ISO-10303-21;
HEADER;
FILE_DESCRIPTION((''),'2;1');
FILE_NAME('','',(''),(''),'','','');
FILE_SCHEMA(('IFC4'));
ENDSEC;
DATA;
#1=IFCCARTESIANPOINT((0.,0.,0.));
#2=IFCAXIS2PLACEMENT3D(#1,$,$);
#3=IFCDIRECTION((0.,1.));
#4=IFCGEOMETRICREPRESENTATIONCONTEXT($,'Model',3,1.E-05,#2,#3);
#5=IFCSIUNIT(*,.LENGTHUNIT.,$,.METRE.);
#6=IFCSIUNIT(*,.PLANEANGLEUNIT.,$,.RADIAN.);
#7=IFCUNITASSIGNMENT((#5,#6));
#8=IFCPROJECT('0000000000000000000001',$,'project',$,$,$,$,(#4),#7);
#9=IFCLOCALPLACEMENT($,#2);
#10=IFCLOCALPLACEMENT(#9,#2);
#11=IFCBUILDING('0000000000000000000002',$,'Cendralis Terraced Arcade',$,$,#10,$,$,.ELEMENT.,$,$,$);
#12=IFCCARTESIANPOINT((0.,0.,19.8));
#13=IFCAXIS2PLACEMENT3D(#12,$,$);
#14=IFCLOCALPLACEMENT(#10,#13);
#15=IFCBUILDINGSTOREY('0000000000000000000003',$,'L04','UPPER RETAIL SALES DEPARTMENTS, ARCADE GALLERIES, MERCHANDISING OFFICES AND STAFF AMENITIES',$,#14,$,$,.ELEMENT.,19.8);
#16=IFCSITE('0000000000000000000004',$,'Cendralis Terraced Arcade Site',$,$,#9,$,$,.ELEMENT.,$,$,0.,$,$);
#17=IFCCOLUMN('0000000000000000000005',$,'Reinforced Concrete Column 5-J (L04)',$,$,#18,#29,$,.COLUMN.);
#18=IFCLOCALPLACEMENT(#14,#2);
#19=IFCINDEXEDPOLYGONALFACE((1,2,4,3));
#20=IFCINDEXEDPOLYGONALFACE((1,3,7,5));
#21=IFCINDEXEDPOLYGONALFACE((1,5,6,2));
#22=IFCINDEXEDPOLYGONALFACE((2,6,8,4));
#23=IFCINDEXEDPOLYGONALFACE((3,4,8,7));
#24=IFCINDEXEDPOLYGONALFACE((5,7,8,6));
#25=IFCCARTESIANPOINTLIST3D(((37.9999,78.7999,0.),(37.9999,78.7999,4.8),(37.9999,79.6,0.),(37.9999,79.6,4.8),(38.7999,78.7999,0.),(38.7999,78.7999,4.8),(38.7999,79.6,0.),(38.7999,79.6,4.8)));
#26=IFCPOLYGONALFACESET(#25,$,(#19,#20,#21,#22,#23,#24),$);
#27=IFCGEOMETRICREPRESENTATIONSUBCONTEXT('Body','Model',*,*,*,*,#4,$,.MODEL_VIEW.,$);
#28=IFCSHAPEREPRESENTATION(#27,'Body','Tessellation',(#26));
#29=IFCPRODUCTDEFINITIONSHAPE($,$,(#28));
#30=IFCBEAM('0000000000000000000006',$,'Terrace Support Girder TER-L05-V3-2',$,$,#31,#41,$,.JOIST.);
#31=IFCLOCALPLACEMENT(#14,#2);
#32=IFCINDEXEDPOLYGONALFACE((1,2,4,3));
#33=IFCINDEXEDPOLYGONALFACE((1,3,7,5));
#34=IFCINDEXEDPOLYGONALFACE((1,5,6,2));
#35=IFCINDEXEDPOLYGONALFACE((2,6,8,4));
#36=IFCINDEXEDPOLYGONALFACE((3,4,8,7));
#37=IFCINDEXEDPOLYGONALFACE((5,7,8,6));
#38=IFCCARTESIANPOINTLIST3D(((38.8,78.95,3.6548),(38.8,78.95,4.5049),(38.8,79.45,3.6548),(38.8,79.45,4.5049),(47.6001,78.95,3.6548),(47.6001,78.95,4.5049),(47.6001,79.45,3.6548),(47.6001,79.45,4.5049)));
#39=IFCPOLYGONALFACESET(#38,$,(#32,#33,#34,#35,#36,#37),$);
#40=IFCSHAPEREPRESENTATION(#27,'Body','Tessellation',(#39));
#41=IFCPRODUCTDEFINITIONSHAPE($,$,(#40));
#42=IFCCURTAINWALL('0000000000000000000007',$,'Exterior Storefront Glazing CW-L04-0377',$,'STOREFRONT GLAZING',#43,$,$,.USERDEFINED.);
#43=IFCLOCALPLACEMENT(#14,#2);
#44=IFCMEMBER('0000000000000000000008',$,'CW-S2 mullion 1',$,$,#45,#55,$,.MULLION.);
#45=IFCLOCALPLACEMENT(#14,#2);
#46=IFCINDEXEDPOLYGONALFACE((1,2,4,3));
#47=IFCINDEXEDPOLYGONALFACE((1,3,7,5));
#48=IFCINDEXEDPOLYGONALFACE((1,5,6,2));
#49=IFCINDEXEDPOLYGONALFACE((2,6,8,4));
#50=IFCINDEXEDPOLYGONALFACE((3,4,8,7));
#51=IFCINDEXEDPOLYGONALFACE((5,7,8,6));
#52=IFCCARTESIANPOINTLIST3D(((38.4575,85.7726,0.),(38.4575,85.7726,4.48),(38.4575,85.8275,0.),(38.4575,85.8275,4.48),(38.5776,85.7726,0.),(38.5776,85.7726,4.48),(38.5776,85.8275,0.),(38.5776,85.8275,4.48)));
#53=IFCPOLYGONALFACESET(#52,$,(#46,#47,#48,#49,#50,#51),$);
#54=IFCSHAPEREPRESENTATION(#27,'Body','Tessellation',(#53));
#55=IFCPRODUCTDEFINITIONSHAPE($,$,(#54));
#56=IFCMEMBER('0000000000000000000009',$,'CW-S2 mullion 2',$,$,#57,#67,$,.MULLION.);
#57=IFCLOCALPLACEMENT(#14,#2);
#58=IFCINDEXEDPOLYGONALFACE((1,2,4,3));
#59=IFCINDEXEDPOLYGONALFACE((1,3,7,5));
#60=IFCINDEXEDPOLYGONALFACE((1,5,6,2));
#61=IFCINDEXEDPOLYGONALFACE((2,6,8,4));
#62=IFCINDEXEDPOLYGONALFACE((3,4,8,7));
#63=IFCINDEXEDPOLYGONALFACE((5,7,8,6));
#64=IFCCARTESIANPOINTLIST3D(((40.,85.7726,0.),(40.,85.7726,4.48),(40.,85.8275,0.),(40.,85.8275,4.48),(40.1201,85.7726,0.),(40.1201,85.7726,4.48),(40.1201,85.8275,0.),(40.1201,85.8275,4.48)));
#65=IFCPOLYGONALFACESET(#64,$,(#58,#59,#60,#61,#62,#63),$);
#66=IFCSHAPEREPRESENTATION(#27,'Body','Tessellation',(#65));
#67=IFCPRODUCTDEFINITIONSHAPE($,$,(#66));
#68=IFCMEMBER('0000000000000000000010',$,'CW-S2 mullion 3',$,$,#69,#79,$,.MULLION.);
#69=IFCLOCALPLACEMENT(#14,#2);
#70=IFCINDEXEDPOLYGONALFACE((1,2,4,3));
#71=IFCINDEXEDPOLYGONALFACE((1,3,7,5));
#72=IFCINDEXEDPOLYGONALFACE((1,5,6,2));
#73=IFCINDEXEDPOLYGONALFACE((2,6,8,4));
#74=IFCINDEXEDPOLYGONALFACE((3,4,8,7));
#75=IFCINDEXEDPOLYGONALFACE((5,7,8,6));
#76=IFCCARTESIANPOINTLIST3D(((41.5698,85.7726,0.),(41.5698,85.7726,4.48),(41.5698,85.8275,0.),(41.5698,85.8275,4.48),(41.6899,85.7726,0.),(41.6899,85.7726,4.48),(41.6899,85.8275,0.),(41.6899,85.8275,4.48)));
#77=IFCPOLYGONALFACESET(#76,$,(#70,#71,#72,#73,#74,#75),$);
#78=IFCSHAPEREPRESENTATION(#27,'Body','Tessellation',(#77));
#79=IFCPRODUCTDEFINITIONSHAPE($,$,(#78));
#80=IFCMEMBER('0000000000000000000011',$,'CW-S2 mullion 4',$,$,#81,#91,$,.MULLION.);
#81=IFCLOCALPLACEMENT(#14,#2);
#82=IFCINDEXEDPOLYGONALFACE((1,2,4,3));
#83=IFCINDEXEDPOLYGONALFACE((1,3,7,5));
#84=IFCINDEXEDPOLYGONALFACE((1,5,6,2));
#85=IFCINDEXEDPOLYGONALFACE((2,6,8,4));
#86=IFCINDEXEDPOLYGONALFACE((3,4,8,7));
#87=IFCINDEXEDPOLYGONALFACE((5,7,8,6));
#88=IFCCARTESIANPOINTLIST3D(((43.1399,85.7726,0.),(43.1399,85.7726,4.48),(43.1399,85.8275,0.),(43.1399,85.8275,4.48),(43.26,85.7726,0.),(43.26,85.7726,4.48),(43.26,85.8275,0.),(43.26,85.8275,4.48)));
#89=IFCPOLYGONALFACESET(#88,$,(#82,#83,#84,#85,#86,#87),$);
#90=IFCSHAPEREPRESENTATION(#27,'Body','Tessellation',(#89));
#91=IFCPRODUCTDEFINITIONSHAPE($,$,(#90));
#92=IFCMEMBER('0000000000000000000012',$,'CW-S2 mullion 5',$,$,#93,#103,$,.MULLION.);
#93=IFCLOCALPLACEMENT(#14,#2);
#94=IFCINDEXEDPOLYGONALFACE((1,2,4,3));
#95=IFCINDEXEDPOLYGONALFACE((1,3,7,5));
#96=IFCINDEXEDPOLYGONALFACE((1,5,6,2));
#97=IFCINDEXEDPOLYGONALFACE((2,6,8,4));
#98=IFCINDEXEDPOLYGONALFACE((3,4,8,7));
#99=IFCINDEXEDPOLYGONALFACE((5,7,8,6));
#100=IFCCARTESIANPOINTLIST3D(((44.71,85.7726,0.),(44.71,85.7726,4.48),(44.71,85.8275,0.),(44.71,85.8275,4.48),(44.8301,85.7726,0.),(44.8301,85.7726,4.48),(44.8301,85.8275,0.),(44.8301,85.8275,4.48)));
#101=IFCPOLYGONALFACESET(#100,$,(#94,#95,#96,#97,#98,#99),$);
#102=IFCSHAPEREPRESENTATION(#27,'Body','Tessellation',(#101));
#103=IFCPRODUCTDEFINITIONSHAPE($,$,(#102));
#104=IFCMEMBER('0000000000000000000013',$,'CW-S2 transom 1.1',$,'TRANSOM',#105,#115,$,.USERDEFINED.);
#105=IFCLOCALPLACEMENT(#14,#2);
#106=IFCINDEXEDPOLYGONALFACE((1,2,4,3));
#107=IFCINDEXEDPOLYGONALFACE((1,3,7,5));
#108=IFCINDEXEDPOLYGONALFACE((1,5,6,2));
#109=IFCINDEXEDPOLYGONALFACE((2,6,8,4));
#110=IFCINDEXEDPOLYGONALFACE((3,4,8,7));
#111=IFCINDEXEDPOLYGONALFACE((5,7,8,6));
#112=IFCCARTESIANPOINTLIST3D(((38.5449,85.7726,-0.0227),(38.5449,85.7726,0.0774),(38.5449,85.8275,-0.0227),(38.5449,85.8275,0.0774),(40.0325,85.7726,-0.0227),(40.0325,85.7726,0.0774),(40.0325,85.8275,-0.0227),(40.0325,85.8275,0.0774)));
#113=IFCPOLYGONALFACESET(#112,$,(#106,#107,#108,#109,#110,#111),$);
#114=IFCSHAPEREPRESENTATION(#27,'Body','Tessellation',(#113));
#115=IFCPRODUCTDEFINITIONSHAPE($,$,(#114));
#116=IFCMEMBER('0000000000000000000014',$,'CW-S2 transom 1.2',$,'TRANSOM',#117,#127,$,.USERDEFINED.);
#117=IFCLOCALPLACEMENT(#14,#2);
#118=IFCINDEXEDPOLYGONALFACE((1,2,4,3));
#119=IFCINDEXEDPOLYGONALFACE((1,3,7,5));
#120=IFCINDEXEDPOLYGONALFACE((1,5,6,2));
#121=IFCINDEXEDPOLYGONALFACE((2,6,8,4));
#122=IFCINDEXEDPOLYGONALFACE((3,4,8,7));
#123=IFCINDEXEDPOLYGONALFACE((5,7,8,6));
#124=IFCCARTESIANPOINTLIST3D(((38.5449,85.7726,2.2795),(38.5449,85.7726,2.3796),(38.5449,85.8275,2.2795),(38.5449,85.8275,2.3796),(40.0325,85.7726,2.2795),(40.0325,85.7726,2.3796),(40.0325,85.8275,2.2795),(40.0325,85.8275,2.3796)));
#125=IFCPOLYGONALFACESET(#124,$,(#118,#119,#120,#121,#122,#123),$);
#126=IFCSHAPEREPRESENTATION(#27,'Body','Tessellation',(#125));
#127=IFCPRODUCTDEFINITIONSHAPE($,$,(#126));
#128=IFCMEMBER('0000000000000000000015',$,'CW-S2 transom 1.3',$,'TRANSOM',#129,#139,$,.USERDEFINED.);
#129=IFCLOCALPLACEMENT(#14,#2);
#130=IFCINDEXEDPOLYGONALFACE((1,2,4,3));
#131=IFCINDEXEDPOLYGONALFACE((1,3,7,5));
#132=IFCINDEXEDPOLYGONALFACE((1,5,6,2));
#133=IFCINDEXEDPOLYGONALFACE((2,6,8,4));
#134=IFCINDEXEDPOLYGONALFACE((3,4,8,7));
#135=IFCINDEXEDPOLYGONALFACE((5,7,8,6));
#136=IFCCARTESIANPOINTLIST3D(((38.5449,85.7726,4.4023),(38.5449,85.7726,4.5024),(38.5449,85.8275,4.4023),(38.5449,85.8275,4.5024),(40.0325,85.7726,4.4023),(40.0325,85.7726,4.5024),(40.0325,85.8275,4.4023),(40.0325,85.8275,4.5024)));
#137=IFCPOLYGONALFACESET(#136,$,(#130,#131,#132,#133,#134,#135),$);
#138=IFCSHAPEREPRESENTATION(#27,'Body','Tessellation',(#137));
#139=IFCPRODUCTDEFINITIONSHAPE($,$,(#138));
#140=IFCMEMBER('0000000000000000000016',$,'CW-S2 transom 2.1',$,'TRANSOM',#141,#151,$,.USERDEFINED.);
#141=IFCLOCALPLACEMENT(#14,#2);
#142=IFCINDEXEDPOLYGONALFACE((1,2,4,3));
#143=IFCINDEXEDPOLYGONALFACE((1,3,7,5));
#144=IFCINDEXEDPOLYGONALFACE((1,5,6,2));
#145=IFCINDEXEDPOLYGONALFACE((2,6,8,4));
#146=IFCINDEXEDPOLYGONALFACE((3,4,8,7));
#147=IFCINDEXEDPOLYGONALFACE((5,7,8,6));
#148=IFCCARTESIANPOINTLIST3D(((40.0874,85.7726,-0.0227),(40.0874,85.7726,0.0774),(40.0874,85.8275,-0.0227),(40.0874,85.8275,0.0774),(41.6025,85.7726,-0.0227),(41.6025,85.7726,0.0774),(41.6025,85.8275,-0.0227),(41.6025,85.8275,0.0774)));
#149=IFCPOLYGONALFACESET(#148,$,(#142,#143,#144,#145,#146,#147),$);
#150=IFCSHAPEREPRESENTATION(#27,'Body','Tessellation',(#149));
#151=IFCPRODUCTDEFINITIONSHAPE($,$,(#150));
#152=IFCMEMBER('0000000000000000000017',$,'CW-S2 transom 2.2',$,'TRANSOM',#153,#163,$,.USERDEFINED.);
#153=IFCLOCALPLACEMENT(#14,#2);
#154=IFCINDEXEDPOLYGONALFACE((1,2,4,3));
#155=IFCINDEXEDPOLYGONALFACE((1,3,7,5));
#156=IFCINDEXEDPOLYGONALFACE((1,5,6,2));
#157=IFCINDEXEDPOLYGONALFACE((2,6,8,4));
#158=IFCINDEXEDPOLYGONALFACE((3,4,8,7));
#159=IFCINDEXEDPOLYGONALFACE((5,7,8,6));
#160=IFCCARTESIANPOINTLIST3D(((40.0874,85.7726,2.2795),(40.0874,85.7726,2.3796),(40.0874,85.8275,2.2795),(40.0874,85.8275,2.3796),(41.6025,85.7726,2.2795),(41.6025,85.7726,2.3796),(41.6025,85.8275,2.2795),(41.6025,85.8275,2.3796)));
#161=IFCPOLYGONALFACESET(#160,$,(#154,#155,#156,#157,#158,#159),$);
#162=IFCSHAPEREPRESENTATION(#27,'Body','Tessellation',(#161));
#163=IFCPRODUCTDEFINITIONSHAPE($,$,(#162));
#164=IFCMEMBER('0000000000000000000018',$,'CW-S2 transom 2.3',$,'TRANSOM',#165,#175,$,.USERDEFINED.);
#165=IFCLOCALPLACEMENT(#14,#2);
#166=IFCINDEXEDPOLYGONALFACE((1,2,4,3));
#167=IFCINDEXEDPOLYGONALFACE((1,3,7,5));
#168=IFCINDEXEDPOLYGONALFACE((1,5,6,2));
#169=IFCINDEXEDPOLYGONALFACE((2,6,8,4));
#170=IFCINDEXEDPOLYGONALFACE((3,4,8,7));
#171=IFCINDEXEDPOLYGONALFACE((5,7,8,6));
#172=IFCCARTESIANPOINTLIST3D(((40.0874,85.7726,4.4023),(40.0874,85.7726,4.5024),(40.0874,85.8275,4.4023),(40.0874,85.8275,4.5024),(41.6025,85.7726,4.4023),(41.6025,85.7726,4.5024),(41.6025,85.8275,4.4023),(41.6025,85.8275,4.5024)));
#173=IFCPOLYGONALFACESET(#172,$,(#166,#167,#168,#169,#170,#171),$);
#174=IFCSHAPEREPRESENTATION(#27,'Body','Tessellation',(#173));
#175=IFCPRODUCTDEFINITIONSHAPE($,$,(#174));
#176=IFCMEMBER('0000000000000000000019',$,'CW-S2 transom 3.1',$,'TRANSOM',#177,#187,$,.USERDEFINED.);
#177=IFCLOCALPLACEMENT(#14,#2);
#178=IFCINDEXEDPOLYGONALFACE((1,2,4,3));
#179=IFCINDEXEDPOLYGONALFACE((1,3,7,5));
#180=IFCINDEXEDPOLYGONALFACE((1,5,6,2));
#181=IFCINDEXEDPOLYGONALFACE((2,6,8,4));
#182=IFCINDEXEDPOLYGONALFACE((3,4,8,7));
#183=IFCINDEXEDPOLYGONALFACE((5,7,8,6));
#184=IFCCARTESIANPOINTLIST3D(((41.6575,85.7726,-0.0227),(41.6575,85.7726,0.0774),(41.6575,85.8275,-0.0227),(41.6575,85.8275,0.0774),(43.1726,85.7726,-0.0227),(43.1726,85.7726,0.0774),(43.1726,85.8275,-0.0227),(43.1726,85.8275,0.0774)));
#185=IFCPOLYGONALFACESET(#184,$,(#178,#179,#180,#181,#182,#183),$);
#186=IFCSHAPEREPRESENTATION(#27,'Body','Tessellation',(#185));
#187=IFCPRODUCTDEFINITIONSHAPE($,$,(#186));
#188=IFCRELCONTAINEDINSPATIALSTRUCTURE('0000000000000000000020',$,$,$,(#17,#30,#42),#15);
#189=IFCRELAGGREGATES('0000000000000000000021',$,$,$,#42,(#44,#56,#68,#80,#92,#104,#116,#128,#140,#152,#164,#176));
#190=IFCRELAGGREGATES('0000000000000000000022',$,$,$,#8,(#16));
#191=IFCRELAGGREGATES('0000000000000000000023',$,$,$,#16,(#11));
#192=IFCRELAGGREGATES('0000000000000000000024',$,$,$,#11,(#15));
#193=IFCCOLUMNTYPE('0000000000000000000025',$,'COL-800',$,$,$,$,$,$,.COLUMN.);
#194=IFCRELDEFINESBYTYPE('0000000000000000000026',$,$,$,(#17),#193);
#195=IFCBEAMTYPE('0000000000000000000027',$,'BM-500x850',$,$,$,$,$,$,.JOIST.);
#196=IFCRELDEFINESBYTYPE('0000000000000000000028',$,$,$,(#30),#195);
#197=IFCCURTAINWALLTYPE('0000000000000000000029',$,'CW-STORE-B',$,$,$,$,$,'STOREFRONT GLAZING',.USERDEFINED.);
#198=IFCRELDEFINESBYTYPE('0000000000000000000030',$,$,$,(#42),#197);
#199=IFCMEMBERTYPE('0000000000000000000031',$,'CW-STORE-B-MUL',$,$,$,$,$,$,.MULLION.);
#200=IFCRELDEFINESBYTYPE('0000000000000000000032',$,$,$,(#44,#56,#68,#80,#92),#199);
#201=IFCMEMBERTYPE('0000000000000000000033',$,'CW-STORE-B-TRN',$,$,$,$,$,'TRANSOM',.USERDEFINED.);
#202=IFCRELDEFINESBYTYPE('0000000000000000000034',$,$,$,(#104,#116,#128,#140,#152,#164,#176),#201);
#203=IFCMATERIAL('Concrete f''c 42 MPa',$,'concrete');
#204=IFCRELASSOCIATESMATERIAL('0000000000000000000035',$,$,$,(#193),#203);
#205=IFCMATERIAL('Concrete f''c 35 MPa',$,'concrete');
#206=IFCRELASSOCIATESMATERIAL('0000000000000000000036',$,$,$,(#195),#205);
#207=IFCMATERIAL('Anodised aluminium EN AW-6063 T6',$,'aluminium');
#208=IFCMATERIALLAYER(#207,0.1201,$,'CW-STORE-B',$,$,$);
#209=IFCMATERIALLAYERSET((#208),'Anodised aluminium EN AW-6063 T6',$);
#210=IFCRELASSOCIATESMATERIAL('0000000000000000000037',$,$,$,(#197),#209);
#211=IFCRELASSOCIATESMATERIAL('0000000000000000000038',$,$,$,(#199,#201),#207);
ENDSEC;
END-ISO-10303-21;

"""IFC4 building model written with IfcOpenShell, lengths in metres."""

from ifc_helpers import new_model, si_unit, direction, frame, origin, origin_2d, place, context, subcontext, project, spatial, rectangle, extrude, material, layer, layer_set, material_profile, profile_set, type_object, element, aggregate, save


model = new_model("IFC4")

# Units and contexts
model_context = context("Model", 3, precision=1e-05, world=origin(), true_north=direction((0.0, 1.0)))
body_context = subcontext(model_context, "Body", "Model", "MODEL_VIEW")
ifc_project = project(units=[si_unit("LENGTHUNIT", "METRE"), si_unit("PLANEANGLEUNIT", "RADIAN")], contexts=[model_context])

# Site, building, storey
site_placement = place(None, origin())
site = spatial("IfcSite", under=ifc_project, at=site_placement, Name="Cendralis Terraced Arcade Site", CompositionType="ELEMENT", RefElevation=0.0)
building_placement = place(site_placement, origin())
building = spatial("IfcBuilding", under=site, at=building_placement, Name="Cendralis Terraced Arcade", CompositionType="ELEMENT")
storey_placement = place(building_placement, frame((0.0, 0.0, 19.8)))
storey = spatial("IfcBuildingStorey", under=building, at=storey_placement, Name="L04", Description="UPPER RETAIL SALES DEPARTMENTS, ARCADE GALLERIES, MERCHANDISING OFFICES AND STAFF AMENITIES", CompositionType="ELEMENT", Elevation=19.8)

# Column
ifc_material_1 = material(Name="Concrete f'c 42 MPa", Category="concrete")
ifc_material_profile_1 = material_profile(ifc_material_1, rectangle(XDim=0.8, YDim=0.8, at=origin_2d()), Name="RC-COL-800x800", Category="LoadBearing")
ifc_profile_set_1 = profile_set([ifc_material_profile_1], Name="Concrete f'c 42 MPa")
column_type = type_object("IfcColumnType", Name="COL-800", PredefinedType="COLUMN", material=ifc_profile_set_1)
column_placement = place(storey_placement, frame((38.3999, 79.2, 0.0), z_axis=(0.0, 0.0, 1.0), x_axis=(1.0, 0.0, 0.0)))
element("IfcColumn", 1, at=column_placement, inside=storey, type_object=column_type, Name="Reinforced Concrete Column 5-J (L04)", PredefinedType="COLUMN", context=body_context, shape_type="SweptSolid", body=[
    extrude(rectangle(XDim=0.8, YDim=0.8, at=origin_2d()), origin(), (0.0, 0.0, 1.0), 4.8),
])

# Beam
ifc_material_2 = material(Name="Concrete f'c 35 MPa", Category="concrete")
ifc_material_profile_2 = material_profile(ifc_material_2, rectangle(XDim=0.5, YDim=0.8501, at=origin_2d()), Name="RC-BM-500x850", Category="LoadBearing")
ifc_profile_set_2 = profile_set([ifc_material_profile_2], Name="Concrete f'c 35 MPa")
beam_type = type_object("IfcBeamType", Name="BM-500x850", PredefinedType="JOIST", material=ifc_profile_set_2)
beam_placement = place(storey_placement, frame((38.8, 79.2, 4.0798), z_axis=(1.0, 0.0, 0.0), x_axis=(0.0, 1.0, 0.0)))
element("IfcBeam", 2, at=beam_placement, inside=storey, type_object=beam_type, Name="Terrace Support Girder TER-L05-V3-2", PredefinedType="JOIST", context=body_context, shape_type="SweptSolid", body=[
    extrude(rectangle(XDim=0.5, YDim=0.8501, at=origin_2d()), origin(), (0.0, 0.0, 1.0), 8.8),
])

# Curtain wall, members
ifc_material_3 = material(Name="Anodised aluminium EN AW-6063 T6", Category="aluminium")
ifc_layer_1 = layer(ifc_material_3, 0.1201, Name="CW-STORE-B")
ifc_layer_set_1 = layer_set([ifc_layer_1], Name="Anodised aluminium EN AW-6063 T6")
curtain_wall_type = type_object("IfcCurtainWallType", Name="CW-STORE-B", ElementType="STOREFRONT GLAZING", PredefinedType="USERDEFINED", material=ifc_layer_set_1)
curtain_wall_placement = place(storey_placement, origin())
curtain_wall = element("IfcCurtainWall", 3, at=curtain_wall_placement, inside=storey, type_object=curtain_wall_type, Name="Exterior Storefront Glazing CW-L04-0377", ObjectType="STOREFRONT GLAZING", PredefinedType="USERDEFINED")
ifc_material_profile_3 = material_profile(ifc_material_3, rectangle(XDim=0.0549, YDim=0.1201, at=origin_2d()), Name="ALU-MUL-55x120")
ifc_profile_set_3 = profile_set([ifc_material_profile_3], Name="Anodised aluminium EN AW-6063 T6")
member_type_1 = type_object("IfcMemberType", Name="CW-STORE-B-MUL", PredefinedType="MULLION", material=ifc_profile_set_3)
member_1_placement = place(storey_placement, frame((38.5176, 85.8, 0.0), z_axis=(0.0, 0.0, 1.0), x_axis=(0.0, 1.0, 0.0)))
member_1 = element("IfcMember", 4, at=member_1_placement, type_object=member_type_1, Name="CW-S2 mullion 1", PredefinedType="MULLION", context=body_context, shape_type="SweptSolid", body=[
    extrude(rectangle(XDim=0.0549, YDim=0.1201, at=origin_2d()), origin(), (0.0, 0.0, 1.0), 4.48),
])
member_2_placement = place(storey_placement, frame((40.0601, 85.8, 0.0), z_axis=(0.0, 0.0, 1.0), x_axis=(0.0, 1.0, 0.0)))
member_2 = element("IfcMember", 5, at=member_2_placement, type_object=member_type_1, Name="CW-S2 mullion 2", PredefinedType="MULLION", context=body_context, shape_type="SweptSolid", body=[
    extrude(rectangle(XDim=0.0549, YDim=0.1201, at=origin_2d()), origin(), (0.0, 0.0, 1.0), 4.48),
])
member_3_placement = place(storey_placement, frame((41.6299, 85.8, 0.0), z_axis=(0.0, 0.0, 1.0), x_axis=(0.0, 1.0, 0.0)))
member_3 = element("IfcMember", 6, at=member_3_placement, type_object=member_type_1, Name="CW-S2 mullion 3", PredefinedType="MULLION", context=body_context, shape_type="SweptSolid", body=[
    extrude(rectangle(XDim=0.0549, YDim=0.1201, at=origin_2d()), origin(), (0.0, 0.0, 1.0), 4.48),
])
member_4_placement = place(storey_placement, frame((43.2, 85.8, 0.0), z_axis=(0.0, 0.0, 1.0), x_axis=(0.0, 1.0, 0.0)))
member_4 = element("IfcMember", 7, at=member_4_placement, type_object=member_type_1, Name="CW-S2 mullion 4", PredefinedType="MULLION", context=body_context, shape_type="SweptSolid", body=[
    extrude(rectangle(XDim=0.0549, YDim=0.1201, at=origin_2d()), origin(), (0.0, 0.0, 1.0), 4.48),
])
member_5_placement = place(storey_placement, frame((44.77, 85.8, 0.0), z_axis=(0.0, 0.0, 1.0), x_axis=(0.0, 1.0, 0.0)))
member_5 = element("IfcMember", 8, at=member_5_placement, type_object=member_type_1, Name="CW-S2 mullion 5", PredefinedType="MULLION", context=body_context, shape_type="SweptSolid", body=[
    extrude(rectangle(XDim=0.0549, YDim=0.1201, at=origin_2d()), origin(), (0.0, 0.0, 1.0), 4.48),
])
ifc_material_profile_4 = material_profile(ifc_material_3, rectangle(XDim=0.0549, YDim=0.1001, at=origin_2d()), Name="ALU-TRN-55x100")
ifc_profile_set_4 = profile_set([ifc_material_profile_4], Name="Anodised aluminium EN AW-6063 T6")
member_type_2 = type_object("IfcMemberType", Name="CW-STORE-B-TRN", ElementType="TRANSOM", PredefinedType="USERDEFINED", material=ifc_profile_set_4)
member_6_placement = place(storey_placement, frame((38.5449, 85.8, 0.0273), z_axis=(1.0, 0.0, 0.0), x_axis=(0.0, 1.0, 0.0)))
member_6 = element("IfcMember", 9, at=member_6_placement, type_object=member_type_2, Name="CW-S2 transom 1.1", ObjectType="TRANSOM", PredefinedType="USERDEFINED", context=body_context, shape_type="SweptSolid", body=[
    extrude(rectangle(XDim=0.0549, YDim=0.1001, at=origin_2d()), origin(), (0.0, 0.0, 1.0), 1.4875),
])
member_7_placement = place(storey_placement, frame((38.5449, 85.8, 2.3296), z_axis=(1.0, 0.0, 0.0), x_axis=(0.0, 1.0, 0.0)))
member_7 = element("IfcMember", 10, at=member_7_placement, type_object=member_type_2, Name="CW-S2 transom 1.2", ObjectType="TRANSOM", PredefinedType="USERDEFINED", context=body_context, shape_type="SweptSolid", body=[
    extrude(rectangle(XDim=0.0549, YDim=0.1001, at=origin_2d()), origin(), (0.0, 0.0, 1.0), 1.4875),
])
member_8_placement = place(storey_placement, frame((38.5449, 85.8, 4.4524), z_axis=(1.0, 0.0, 0.0), x_axis=(0.0, 1.0, 0.0)))
member_8 = element("IfcMember", 11, at=member_8_placement, type_object=member_type_2, Name="CW-S2 transom 1.3", ObjectType="TRANSOM", PredefinedType="USERDEFINED", context=body_context, shape_type="SweptSolid", body=[
    extrude(rectangle(XDim=0.0549, YDim=0.1001, at=origin_2d()), origin(), (0.0, 0.0, 1.0), 1.4875),
])
member_9_placement = place(storey_placement, frame((40.0874, 85.8, 0.0273), z_axis=(1.0, 0.0, 0.0), x_axis=(0.0, 1.0, 0.0)))
member_9 = element("IfcMember", 12, at=member_9_placement, type_object=member_type_2, Name="CW-S2 transom 2.1", ObjectType="TRANSOM", PredefinedType="USERDEFINED", context=body_context, shape_type="SweptSolid", body=[
    extrude(rectangle(XDim=0.0549, YDim=0.1001, at=origin_2d()), origin(), (0.0, 0.0, 1.0), 1.5151),
])
member_10_placement = place(storey_placement, frame((40.0874, 85.8, 2.3296), z_axis=(1.0, 0.0, 0.0), x_axis=(0.0, 1.0, 0.0)))
member_10 = element("IfcMember", 13, at=member_10_placement, type_object=member_type_2, Name="CW-S2 transom 2.2", ObjectType="TRANSOM", PredefinedType="USERDEFINED", context=body_context, shape_type="SweptSolid", body=[
    extrude(rectangle(XDim=0.0549, YDim=0.1001, at=origin_2d()), origin(), (0.0, 0.0, 1.0), 1.5151),
])
member_11_placement = place(storey_placement, frame((40.0874, 85.8, 4.4524), z_axis=(1.0, 0.0, 0.0), x_axis=(0.0, 1.0, 0.0)))
member_11 = element("IfcMember", 14, at=member_11_placement, type_object=member_type_2, Name="CW-S2 transom 2.3", ObjectType="TRANSOM", PredefinedType="USERDEFINED", context=body_context, shape_type="SweptSolid", body=[
    extrude(rectangle(XDim=0.0549, YDim=0.1001, at=origin_2d()), origin(), (0.0, 0.0, 1.0), 1.5151),
])
member_12_placement = place(storey_placement, frame((41.6575, 85.8, 0.0273), z_axis=(1.0, 0.0, 0.0), x_axis=(0.0, 1.0, 0.0)))
member_12 = element("IfcMember", 15, at=member_12_placement, type_object=member_type_2, Name="CW-S2 transom 3.1", ObjectType="TRANSOM", PredefinedType="USERDEFINED", context=body_context, shape_type="SweptSolid", body=[
    extrude(rectangle(XDim=0.0549, YDim=0.1001, at=origin_2d()), origin(), (0.0, 0.0, 1.0), 1.5151),
])
aggregate(curtain_wall, [member_1, member_2, member_3, member_4, member_5, member_6, member_7, member_8, member_9, member_10, member_11, member_12])

save(model, "model.ifc")
